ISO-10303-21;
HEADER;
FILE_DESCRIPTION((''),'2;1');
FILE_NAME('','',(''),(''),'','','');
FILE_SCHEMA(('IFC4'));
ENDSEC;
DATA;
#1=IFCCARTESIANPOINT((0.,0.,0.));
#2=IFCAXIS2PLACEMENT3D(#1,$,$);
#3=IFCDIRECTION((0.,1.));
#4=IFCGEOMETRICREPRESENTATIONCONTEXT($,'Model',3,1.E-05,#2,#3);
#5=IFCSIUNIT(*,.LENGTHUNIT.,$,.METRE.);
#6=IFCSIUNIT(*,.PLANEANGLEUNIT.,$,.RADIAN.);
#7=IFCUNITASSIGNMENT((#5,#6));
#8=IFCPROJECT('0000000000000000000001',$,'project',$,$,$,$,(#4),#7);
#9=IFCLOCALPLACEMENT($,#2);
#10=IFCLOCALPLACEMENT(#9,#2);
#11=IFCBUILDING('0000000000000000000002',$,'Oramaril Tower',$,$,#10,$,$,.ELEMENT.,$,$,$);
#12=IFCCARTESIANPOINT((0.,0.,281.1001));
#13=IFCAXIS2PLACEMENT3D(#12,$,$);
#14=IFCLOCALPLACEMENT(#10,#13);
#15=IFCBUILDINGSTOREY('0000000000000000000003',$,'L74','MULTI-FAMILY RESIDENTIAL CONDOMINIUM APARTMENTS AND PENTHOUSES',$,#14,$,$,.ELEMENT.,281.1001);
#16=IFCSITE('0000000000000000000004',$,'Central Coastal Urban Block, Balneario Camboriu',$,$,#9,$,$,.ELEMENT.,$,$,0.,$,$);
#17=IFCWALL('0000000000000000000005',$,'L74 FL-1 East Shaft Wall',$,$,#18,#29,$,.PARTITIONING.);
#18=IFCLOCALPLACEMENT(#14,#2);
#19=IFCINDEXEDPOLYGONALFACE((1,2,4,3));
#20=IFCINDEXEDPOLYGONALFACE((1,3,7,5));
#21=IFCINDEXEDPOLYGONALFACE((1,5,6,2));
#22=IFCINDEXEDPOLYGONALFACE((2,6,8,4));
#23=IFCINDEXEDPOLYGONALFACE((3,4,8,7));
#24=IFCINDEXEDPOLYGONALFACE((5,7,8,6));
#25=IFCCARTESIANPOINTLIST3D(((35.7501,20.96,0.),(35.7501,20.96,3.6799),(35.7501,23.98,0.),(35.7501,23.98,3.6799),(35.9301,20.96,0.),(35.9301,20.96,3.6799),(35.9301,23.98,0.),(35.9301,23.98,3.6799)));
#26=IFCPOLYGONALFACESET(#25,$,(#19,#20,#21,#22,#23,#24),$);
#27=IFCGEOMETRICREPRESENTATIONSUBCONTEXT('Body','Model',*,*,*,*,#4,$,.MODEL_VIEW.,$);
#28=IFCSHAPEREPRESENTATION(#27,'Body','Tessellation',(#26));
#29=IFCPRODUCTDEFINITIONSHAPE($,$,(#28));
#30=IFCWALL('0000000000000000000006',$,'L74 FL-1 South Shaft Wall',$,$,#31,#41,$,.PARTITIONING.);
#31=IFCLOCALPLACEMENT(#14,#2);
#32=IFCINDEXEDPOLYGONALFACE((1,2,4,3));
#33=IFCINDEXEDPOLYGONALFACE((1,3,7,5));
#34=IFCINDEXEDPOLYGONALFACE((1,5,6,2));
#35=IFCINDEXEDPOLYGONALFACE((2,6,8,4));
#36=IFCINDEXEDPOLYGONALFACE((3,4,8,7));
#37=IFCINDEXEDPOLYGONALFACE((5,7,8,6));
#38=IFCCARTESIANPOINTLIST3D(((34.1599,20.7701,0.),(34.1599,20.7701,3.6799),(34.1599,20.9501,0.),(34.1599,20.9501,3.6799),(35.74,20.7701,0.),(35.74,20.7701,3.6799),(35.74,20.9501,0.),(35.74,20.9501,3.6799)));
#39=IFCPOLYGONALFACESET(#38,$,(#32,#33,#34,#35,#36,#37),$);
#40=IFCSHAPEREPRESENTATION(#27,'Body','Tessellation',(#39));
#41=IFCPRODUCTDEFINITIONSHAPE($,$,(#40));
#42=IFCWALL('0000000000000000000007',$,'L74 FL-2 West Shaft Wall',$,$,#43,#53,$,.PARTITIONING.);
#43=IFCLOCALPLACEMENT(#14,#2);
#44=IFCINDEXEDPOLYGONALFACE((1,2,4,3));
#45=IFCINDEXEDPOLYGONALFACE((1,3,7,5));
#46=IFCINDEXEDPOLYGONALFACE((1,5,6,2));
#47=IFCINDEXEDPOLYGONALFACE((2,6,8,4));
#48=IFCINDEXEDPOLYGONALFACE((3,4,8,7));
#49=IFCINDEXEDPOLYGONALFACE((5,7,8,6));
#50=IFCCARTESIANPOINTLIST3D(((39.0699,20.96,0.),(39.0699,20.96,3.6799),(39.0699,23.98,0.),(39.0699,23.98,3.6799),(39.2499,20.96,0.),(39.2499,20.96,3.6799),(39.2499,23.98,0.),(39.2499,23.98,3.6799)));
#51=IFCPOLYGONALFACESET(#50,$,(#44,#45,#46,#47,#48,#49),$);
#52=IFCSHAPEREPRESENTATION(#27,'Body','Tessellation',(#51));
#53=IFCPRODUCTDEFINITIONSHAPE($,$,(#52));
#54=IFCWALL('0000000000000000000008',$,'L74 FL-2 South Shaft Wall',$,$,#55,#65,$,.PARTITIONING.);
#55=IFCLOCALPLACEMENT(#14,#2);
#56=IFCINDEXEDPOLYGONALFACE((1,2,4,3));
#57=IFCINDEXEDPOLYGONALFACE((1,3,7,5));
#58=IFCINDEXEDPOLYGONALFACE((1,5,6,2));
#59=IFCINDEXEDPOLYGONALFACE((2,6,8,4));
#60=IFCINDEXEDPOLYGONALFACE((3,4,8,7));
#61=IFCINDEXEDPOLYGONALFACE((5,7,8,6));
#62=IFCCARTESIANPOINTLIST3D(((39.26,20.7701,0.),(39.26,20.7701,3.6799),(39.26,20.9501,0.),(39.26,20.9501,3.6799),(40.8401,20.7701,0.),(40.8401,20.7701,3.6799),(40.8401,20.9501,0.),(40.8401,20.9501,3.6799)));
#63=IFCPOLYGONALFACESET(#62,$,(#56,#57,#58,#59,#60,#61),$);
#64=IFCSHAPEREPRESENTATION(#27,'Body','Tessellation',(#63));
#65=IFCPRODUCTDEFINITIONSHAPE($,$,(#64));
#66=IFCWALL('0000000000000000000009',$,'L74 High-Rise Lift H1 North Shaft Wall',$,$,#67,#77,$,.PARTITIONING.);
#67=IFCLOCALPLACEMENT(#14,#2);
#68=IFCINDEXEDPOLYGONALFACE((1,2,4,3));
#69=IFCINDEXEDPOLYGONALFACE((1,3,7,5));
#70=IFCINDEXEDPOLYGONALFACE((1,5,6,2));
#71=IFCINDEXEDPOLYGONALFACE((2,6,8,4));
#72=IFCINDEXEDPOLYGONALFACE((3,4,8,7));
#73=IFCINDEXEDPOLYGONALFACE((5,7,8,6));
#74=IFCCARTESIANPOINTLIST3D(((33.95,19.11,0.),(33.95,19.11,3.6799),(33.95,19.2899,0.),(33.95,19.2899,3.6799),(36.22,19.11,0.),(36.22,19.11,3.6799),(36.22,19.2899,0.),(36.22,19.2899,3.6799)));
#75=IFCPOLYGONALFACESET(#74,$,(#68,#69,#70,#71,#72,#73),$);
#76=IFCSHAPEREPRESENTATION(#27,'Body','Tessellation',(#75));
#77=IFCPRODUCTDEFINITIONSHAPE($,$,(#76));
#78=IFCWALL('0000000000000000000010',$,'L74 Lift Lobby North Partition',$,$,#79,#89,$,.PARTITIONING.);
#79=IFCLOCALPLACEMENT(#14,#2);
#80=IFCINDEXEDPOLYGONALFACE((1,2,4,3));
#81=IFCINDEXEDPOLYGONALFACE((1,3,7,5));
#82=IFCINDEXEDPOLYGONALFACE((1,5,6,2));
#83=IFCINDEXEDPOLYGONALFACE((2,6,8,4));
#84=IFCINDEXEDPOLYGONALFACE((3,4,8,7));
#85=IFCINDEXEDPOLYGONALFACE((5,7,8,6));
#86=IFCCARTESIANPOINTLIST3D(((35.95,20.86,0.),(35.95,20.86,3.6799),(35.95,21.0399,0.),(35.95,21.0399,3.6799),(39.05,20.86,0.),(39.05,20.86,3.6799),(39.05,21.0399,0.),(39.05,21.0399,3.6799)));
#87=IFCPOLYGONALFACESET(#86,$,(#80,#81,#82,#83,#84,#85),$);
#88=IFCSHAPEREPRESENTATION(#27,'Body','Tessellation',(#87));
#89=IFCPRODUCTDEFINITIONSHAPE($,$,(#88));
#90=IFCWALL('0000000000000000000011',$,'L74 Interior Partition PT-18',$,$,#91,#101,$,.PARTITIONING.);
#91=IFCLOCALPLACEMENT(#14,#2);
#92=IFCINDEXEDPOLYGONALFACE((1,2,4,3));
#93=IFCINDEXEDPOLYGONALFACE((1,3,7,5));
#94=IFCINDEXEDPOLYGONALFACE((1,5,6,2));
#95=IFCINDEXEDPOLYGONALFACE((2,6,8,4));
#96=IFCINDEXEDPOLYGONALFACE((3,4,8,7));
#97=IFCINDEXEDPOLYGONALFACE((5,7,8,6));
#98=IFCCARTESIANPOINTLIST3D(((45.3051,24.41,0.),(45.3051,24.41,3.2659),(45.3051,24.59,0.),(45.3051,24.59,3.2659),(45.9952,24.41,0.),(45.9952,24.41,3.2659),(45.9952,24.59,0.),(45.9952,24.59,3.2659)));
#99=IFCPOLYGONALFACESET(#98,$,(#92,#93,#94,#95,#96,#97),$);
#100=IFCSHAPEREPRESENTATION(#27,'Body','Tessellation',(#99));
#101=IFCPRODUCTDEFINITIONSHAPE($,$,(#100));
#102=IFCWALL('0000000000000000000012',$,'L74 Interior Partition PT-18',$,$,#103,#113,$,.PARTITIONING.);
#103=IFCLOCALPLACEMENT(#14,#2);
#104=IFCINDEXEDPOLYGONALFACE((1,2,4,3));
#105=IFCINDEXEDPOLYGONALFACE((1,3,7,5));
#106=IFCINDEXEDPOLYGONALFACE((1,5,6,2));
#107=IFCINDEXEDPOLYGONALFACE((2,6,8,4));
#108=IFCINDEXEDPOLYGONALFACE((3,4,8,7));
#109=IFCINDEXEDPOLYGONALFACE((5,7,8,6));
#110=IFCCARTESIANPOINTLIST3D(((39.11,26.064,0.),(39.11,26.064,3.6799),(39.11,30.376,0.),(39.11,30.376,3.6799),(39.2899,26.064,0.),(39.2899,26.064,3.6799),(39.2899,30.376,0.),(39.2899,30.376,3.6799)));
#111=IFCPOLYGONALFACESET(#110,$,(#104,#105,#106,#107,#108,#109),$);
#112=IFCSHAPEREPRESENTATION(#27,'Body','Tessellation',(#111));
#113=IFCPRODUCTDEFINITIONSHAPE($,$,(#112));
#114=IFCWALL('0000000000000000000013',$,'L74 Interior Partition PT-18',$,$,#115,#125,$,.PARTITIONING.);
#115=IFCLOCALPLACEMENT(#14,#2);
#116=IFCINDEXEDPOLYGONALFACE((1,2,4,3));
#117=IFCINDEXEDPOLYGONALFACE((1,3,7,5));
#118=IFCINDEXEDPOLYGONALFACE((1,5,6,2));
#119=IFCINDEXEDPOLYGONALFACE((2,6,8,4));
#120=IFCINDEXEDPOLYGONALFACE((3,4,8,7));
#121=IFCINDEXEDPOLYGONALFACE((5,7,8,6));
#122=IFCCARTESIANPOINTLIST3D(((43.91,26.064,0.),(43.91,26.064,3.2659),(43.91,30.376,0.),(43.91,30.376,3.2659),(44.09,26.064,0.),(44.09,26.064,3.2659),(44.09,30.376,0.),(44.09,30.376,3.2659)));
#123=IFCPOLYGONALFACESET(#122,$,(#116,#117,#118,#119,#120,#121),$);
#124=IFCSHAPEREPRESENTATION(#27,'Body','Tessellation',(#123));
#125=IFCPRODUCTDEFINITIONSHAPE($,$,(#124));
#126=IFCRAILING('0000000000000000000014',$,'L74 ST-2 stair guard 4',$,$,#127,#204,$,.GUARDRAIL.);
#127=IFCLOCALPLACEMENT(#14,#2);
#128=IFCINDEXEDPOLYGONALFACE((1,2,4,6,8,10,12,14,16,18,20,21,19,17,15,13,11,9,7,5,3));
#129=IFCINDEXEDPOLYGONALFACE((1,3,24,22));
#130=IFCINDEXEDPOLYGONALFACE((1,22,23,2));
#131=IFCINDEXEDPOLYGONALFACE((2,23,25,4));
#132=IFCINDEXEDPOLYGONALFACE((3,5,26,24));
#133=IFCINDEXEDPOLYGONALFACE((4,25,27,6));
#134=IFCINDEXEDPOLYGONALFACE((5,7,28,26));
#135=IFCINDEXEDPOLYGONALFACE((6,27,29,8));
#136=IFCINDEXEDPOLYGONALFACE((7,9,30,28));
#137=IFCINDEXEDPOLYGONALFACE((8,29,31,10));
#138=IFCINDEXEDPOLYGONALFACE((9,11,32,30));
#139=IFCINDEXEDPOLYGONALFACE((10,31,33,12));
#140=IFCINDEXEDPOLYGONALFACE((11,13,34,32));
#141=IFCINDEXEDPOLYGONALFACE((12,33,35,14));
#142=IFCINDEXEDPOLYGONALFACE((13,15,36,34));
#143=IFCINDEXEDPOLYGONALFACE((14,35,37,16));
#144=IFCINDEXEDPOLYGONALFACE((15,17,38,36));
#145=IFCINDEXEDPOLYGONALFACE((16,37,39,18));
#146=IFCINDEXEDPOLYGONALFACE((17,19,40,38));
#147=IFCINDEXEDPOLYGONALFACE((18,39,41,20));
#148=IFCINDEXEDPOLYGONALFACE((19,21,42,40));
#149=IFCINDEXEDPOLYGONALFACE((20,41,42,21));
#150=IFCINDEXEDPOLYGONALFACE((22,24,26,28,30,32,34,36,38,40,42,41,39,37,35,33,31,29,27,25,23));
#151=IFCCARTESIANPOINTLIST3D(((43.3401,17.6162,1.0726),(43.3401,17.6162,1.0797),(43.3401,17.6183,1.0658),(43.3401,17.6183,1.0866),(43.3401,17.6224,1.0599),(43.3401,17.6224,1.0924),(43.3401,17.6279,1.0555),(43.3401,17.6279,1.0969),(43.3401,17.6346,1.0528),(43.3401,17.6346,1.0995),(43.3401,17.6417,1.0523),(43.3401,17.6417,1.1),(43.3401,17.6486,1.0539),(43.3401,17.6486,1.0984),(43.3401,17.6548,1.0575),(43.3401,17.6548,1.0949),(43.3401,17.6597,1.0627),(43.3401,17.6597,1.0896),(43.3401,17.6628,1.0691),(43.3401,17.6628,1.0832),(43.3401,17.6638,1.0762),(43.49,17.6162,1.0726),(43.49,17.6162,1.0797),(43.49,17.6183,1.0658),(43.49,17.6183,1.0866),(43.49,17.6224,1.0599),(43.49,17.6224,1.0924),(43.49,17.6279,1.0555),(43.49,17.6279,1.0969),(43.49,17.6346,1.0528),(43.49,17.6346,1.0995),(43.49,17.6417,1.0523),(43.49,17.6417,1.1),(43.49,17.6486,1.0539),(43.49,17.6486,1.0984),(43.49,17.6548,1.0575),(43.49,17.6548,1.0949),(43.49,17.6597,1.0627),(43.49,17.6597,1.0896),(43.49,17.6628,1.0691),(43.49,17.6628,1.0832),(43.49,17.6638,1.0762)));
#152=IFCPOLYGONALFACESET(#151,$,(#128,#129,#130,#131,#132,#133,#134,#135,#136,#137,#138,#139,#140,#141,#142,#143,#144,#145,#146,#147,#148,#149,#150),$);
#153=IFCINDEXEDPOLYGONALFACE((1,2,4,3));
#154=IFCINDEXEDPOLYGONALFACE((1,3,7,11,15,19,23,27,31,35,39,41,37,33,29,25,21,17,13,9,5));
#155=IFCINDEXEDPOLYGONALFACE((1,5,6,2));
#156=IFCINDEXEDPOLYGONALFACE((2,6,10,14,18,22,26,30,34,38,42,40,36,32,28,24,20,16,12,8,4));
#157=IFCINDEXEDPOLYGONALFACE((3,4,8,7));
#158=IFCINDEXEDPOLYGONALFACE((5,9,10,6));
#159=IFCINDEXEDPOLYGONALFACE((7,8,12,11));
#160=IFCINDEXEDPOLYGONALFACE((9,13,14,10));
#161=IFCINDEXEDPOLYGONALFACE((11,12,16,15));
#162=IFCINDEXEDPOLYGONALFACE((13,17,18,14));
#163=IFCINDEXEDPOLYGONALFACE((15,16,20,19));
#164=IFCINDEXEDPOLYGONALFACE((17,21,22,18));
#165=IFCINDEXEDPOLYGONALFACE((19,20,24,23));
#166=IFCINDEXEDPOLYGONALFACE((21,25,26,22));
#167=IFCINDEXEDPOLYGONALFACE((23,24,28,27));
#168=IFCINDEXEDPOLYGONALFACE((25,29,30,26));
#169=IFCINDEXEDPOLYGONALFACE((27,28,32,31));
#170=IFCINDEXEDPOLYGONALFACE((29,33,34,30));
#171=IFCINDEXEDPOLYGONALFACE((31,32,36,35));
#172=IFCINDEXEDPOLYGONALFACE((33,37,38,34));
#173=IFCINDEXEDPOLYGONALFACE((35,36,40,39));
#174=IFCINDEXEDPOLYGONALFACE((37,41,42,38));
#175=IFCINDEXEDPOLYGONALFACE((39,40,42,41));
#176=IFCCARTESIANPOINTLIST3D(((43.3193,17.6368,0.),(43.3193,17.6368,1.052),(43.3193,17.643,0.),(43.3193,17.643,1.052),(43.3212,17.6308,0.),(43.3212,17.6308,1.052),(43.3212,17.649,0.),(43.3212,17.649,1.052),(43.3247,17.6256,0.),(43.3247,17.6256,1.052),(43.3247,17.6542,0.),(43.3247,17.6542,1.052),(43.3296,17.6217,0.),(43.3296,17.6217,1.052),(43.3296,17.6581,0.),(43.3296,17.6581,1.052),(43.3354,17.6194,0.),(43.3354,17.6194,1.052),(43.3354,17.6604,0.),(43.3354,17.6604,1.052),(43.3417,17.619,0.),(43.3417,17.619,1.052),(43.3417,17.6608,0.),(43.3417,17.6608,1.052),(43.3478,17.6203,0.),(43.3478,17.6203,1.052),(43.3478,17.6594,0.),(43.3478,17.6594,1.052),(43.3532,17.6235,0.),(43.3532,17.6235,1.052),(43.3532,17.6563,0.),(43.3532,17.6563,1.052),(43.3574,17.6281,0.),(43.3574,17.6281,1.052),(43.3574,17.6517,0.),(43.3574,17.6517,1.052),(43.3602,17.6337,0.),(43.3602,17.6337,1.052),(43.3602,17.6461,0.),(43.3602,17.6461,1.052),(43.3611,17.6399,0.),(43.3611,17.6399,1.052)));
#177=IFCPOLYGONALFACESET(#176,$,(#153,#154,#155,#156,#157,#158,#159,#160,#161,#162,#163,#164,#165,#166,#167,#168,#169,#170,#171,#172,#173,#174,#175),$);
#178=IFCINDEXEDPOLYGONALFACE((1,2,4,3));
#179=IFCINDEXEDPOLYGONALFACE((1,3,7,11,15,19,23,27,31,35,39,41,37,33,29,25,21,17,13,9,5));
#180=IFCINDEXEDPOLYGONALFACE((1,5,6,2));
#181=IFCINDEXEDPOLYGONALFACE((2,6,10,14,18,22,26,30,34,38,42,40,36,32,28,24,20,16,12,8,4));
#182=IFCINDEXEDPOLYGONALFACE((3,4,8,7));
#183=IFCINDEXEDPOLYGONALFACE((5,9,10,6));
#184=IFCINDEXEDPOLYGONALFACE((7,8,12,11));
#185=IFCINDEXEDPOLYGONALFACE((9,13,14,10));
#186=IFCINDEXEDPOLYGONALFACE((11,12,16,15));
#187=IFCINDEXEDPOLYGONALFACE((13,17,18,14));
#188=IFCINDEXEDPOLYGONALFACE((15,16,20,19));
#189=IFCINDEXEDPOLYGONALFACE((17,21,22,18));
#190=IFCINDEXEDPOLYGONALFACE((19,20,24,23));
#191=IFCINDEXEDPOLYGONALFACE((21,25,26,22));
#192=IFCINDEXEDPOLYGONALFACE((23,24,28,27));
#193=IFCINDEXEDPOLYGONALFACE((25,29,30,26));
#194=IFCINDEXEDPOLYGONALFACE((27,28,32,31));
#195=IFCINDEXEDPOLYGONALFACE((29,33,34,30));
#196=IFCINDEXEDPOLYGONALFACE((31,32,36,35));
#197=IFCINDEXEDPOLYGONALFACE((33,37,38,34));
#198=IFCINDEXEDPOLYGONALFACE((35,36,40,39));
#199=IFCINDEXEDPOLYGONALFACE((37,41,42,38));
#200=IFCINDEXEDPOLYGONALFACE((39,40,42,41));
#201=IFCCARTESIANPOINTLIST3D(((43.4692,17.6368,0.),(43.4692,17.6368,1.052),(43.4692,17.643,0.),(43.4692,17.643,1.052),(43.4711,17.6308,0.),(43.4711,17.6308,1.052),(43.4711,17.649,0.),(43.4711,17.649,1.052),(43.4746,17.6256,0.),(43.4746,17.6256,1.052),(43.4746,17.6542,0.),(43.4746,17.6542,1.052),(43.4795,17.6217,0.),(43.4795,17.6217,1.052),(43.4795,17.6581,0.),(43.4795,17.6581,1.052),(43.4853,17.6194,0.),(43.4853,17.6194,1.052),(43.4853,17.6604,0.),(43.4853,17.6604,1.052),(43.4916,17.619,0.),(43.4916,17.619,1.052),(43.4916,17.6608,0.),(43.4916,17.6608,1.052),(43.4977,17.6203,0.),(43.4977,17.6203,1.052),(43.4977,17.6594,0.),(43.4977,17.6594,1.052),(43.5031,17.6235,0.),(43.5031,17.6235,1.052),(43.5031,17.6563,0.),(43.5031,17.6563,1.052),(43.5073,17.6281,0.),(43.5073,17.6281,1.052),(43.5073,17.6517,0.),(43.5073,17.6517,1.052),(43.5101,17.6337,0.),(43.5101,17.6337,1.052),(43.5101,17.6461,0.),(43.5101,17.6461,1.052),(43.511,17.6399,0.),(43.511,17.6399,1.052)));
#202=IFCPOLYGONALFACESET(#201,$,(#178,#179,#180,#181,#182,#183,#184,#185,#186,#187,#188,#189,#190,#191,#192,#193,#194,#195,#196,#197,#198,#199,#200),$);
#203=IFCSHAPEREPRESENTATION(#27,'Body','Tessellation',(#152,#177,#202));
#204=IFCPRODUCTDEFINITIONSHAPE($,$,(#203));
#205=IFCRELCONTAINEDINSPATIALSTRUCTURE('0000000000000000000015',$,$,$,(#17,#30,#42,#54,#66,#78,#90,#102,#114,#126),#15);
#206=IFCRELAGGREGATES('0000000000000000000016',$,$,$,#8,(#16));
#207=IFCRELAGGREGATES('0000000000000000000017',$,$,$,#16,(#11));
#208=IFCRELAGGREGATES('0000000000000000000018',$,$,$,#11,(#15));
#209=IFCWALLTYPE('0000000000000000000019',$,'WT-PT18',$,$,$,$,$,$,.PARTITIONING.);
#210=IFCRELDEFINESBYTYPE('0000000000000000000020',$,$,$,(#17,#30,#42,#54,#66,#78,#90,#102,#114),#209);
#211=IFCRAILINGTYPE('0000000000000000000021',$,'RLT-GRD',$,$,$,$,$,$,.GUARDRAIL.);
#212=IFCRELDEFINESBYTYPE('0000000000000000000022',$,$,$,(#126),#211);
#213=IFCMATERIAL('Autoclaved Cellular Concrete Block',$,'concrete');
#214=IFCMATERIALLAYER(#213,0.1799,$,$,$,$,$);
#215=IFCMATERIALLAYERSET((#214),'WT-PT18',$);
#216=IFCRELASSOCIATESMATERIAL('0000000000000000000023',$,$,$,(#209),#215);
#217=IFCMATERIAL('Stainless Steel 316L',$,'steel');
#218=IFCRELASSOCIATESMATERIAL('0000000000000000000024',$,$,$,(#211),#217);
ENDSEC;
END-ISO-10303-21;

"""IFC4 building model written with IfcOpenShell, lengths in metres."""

from ifc_helpers import new_model, si_unit, direction, frame, frame_2d, origin, origin_2d, place, context, subcontext, project, spatial, rectangle, circle, extrude, material, layer, layer_set, type_object, element, save


model = new_model("IFC4")

# Units and contexts
model_context = context("Model", 3, precision=1e-05, world=origin(), true_north=direction((0.0, 1.0)))
body_context = subcontext(model_context, "Body", "Model", "MODEL_VIEW")
ifc_project = project(units=[si_unit("LENGTHUNIT", "METRE"), si_unit("PLANEANGLEUNIT", "RADIAN")], contexts=[model_context])

# Site, building, storey
site_placement = place(None, origin())
site = spatial("IfcSite", under=ifc_project, at=site_placement, Name="Central Coastal Urban Block, Balneario Camboriu", CompositionType="ELEMENT", RefElevation=0.0)
building_placement = place(site_placement, origin())
building = spatial("IfcBuilding", under=site, at=building_placement, Name="Oramaril Tower", CompositionType="ELEMENT")
storey_placement = place(building_placement, frame((0.0, 0.0, 281.1001)))
storey = spatial("IfcBuildingStorey", under=building, at=storey_placement, Name="L74", Description="MULTI-FAMILY RESIDENTIAL CONDOMINIUM APARTMENTS AND PENTHOUSES", CompositionType="ELEMENT", Elevation=281.1001)

# Walls
ifc_material_1 = material(Name="Autoclaved Cellular Concrete Block", Category="concrete")
ifc_layer_1 = layer(ifc_material_1, 0.1799)
ifc_layer_set_1 = layer_set([ifc_layer_1], Name="WT-PT18")
wall_type_1 = type_object("IfcWallType", Name="WT-PT18", PredefinedType="PARTITIONING", material=ifc_layer_set_1)
wall_1_placement = place(storey_placement, frame((35.8401, 20.96, 0.0), z_axis=(0.0, 0.0, 1.0), x_axis=(0.0, 1.0, 0.0)))
element("IfcWall", 1, at=wall_1_placement, inside=storey, type_object=wall_type_1, Name="L74 FL-1 East Shaft Wall", PredefinedType="PARTITIONING", context=body_context, shape_type="SweptSolid", body=[
    extrude(rectangle(XDim=3.02, YDim=0.1799, at=frame_2d((1.51, 0.0))), origin(), (0.0, 0.0, 1.0), 3.6799),
])
wall_2_placement = place(storey_placement, frame((34.1599, 20.8601, 0.0), z_axis=(0.0, 0.0, 1.0), x_axis=(1.0, 0.0, 0.0)))
element("IfcWall", 2, at=wall_2_placement, inside=storey, type_object=wall_type_1, Name="L74 FL-1 South Shaft Wall", PredefinedType="PARTITIONING", context=body_context, shape_type="SweptSolid", body=[
    extrude(rectangle(XDim=1.5801, YDim=0.1799, at=frame_2d((0.79, 0.0))), origin(), (0.0, 0.0, 1.0), 3.6799),
])
wall_3_placement = place(storey_placement, frame((39.1599, 20.96, 0.0), z_axis=(0.0, 0.0, 1.0), x_axis=(0.0, 1.0, 0.0)))
element("IfcWall", 3, at=wall_3_placement, inside=storey, type_object=wall_type_1, Name="L74 FL-2 West Shaft Wall", PredefinedType="PARTITIONING", context=body_context, shape_type="SweptSolid", body=[
    extrude(rectangle(XDim=3.02, YDim=0.1799, at=frame_2d((1.51, 0.0))), origin(), (0.0, 0.0, 1.0), 3.6799),
])
wall_4_placement = place(storey_placement, frame((39.26, 20.8601, 0.0), z_axis=(0.0, 0.0, 1.0), x_axis=(1.0, 0.0, 0.0)))
element("IfcWall", 4, at=wall_4_placement, inside=storey, type_object=wall_type_1, Name="L74 FL-2 South Shaft Wall", PredefinedType="PARTITIONING", context=body_context, shape_type="SweptSolid", body=[
    extrude(rectangle(XDim=1.5801, YDim=0.1799, at=frame_2d((0.79, 0.0))), origin(), (0.0, 0.0, 1.0), 3.6799),
])
wall_5_placement = place(storey_placement, frame((33.95, 19.2, 0.0), z_axis=(0.0, 0.0, 1.0), x_axis=(1.0, 0.0, 0.0)))
element("IfcWall", 5, at=wall_5_placement, inside=storey, type_object=wall_type_1, Name="L74 High-Rise Lift H1 North Shaft Wall", PredefinedType="PARTITIONING", context=body_context, shape_type="SweptSolid", body=[
    extrude(rectangle(XDim=2.27, YDim=0.1799, at=frame_2d((1.135, 0.0))), origin(), (0.0, 0.0, 1.0), 3.6799),
])
wall_6_placement = place(storey_placement, frame((35.95, 20.95, 0.0), z_axis=(0.0, 0.0, 1.0), x_axis=(1.0, 0.0, 0.0)))
element("IfcWall", 6, at=wall_6_placement, inside=storey, type_object=wall_type_1, Name="L74 Lift Lobby North Partition", PredefinedType="PARTITIONING", context=body_context, shape_type="SweptSolid", body=[
    extrude(rectangle(XDim=3.1001, YDim=0.1799, at=frame_2d((1.55, 0.0))), origin(), (0.0, 0.0, 1.0), 3.6799),
])
wall_7_placement = place(storey_placement, frame((45.3049, 24.5, 0.0), z_axis=(0.0, 0.0, 1.0), x_axis=(1.0, 0.0, 0.0)))
element("IfcWall", 7, at=wall_7_placement, inside=storey, type_object=wall_type_1, Name="L74 Interior Partition PT-18", PredefinedType="PARTITIONING", context=body_context, shape_type="SweptSolid", body=[
    extrude(rectangle(XDim=0.6902, YDim=0.1799, at=frame_2d((0.3452, 0.0))), origin(), (0.0, 0.0, 1.0), 3.2659),
])
wall_8_placement = place(storey_placement, frame((39.2, 26.064, 0.0), z_axis=(0.0, 0.0, 1.0), x_axis=(0.0, 1.0, 0.0)))
element("IfcWall", 8, at=wall_8_placement, inside=storey, type_object=wall_type_1, Name="L74 Interior Partition PT-18", PredefinedType="PARTITIONING", context=body_context, shape_type="SweptSolid", body=[
    extrude(rectangle(XDim=4.312, YDim=0.1799, at=frame_2d((2.156, 0.0))), origin(), (0.0, 0.0, 1.0), 3.6799),
])
wall_9_placement = place(storey_placement, frame((44.0, 26.064, 0.0), z_axis=(0.0, 0.0, 1.0), x_axis=(0.0, 1.0, 0.0)))
element("IfcWall", 9, at=wall_9_placement, inside=storey, type_object=wall_type_1, Name="L74 Interior Partition PT-18", PredefinedType="PARTITIONING", context=body_context, shape_type="SweptSolid", body=[
    extrude(rectangle(XDim=4.312, YDim=0.1799, at=frame_2d((2.156, 0.0))), origin(), (0.0, 0.0, 1.0), 3.2659),
])

# Railing
ifc_material_2 = material(Name="Stainless Steel 316L", Category="steel")
railing_type = type_object("IfcRailingType", Name="RLT-GRD", PredefinedType="GUARDRAIL", material=ifc_material_2)
railing_placement = place(storey_placement, frame((43.3401, 17.6399, 0.0)))
element("IfcRailing", 10, at=railing_placement, inside=storey, type_object=railing_type, Name="L74 ST-2 stair guard 4", PredefinedType="GUARDRAIL", context=body_context, shape_type="SweptSolid", body=[
    extrude(circle(Radius=0.0239, at=origin_2d()), frame((0.0, 0.0, 1.0762), z_axis=(1.0, 0.0, 0.0), x_axis=(0.0, 1.0, 0.0)), (0.0, 0.0, 1.0), 0.1499),
    extrude(circle(Radius=0.021, at=origin_2d()), origin(), (0.0, 0.0, 1.0), 1.052),
    extrude(circle(Radius=0.021, at=origin_2d()), frame((0.1499, 0.0, 0.0)), (0.0, 0.0, 1.0), 1.052),
])

save(model, "model.ifc")
